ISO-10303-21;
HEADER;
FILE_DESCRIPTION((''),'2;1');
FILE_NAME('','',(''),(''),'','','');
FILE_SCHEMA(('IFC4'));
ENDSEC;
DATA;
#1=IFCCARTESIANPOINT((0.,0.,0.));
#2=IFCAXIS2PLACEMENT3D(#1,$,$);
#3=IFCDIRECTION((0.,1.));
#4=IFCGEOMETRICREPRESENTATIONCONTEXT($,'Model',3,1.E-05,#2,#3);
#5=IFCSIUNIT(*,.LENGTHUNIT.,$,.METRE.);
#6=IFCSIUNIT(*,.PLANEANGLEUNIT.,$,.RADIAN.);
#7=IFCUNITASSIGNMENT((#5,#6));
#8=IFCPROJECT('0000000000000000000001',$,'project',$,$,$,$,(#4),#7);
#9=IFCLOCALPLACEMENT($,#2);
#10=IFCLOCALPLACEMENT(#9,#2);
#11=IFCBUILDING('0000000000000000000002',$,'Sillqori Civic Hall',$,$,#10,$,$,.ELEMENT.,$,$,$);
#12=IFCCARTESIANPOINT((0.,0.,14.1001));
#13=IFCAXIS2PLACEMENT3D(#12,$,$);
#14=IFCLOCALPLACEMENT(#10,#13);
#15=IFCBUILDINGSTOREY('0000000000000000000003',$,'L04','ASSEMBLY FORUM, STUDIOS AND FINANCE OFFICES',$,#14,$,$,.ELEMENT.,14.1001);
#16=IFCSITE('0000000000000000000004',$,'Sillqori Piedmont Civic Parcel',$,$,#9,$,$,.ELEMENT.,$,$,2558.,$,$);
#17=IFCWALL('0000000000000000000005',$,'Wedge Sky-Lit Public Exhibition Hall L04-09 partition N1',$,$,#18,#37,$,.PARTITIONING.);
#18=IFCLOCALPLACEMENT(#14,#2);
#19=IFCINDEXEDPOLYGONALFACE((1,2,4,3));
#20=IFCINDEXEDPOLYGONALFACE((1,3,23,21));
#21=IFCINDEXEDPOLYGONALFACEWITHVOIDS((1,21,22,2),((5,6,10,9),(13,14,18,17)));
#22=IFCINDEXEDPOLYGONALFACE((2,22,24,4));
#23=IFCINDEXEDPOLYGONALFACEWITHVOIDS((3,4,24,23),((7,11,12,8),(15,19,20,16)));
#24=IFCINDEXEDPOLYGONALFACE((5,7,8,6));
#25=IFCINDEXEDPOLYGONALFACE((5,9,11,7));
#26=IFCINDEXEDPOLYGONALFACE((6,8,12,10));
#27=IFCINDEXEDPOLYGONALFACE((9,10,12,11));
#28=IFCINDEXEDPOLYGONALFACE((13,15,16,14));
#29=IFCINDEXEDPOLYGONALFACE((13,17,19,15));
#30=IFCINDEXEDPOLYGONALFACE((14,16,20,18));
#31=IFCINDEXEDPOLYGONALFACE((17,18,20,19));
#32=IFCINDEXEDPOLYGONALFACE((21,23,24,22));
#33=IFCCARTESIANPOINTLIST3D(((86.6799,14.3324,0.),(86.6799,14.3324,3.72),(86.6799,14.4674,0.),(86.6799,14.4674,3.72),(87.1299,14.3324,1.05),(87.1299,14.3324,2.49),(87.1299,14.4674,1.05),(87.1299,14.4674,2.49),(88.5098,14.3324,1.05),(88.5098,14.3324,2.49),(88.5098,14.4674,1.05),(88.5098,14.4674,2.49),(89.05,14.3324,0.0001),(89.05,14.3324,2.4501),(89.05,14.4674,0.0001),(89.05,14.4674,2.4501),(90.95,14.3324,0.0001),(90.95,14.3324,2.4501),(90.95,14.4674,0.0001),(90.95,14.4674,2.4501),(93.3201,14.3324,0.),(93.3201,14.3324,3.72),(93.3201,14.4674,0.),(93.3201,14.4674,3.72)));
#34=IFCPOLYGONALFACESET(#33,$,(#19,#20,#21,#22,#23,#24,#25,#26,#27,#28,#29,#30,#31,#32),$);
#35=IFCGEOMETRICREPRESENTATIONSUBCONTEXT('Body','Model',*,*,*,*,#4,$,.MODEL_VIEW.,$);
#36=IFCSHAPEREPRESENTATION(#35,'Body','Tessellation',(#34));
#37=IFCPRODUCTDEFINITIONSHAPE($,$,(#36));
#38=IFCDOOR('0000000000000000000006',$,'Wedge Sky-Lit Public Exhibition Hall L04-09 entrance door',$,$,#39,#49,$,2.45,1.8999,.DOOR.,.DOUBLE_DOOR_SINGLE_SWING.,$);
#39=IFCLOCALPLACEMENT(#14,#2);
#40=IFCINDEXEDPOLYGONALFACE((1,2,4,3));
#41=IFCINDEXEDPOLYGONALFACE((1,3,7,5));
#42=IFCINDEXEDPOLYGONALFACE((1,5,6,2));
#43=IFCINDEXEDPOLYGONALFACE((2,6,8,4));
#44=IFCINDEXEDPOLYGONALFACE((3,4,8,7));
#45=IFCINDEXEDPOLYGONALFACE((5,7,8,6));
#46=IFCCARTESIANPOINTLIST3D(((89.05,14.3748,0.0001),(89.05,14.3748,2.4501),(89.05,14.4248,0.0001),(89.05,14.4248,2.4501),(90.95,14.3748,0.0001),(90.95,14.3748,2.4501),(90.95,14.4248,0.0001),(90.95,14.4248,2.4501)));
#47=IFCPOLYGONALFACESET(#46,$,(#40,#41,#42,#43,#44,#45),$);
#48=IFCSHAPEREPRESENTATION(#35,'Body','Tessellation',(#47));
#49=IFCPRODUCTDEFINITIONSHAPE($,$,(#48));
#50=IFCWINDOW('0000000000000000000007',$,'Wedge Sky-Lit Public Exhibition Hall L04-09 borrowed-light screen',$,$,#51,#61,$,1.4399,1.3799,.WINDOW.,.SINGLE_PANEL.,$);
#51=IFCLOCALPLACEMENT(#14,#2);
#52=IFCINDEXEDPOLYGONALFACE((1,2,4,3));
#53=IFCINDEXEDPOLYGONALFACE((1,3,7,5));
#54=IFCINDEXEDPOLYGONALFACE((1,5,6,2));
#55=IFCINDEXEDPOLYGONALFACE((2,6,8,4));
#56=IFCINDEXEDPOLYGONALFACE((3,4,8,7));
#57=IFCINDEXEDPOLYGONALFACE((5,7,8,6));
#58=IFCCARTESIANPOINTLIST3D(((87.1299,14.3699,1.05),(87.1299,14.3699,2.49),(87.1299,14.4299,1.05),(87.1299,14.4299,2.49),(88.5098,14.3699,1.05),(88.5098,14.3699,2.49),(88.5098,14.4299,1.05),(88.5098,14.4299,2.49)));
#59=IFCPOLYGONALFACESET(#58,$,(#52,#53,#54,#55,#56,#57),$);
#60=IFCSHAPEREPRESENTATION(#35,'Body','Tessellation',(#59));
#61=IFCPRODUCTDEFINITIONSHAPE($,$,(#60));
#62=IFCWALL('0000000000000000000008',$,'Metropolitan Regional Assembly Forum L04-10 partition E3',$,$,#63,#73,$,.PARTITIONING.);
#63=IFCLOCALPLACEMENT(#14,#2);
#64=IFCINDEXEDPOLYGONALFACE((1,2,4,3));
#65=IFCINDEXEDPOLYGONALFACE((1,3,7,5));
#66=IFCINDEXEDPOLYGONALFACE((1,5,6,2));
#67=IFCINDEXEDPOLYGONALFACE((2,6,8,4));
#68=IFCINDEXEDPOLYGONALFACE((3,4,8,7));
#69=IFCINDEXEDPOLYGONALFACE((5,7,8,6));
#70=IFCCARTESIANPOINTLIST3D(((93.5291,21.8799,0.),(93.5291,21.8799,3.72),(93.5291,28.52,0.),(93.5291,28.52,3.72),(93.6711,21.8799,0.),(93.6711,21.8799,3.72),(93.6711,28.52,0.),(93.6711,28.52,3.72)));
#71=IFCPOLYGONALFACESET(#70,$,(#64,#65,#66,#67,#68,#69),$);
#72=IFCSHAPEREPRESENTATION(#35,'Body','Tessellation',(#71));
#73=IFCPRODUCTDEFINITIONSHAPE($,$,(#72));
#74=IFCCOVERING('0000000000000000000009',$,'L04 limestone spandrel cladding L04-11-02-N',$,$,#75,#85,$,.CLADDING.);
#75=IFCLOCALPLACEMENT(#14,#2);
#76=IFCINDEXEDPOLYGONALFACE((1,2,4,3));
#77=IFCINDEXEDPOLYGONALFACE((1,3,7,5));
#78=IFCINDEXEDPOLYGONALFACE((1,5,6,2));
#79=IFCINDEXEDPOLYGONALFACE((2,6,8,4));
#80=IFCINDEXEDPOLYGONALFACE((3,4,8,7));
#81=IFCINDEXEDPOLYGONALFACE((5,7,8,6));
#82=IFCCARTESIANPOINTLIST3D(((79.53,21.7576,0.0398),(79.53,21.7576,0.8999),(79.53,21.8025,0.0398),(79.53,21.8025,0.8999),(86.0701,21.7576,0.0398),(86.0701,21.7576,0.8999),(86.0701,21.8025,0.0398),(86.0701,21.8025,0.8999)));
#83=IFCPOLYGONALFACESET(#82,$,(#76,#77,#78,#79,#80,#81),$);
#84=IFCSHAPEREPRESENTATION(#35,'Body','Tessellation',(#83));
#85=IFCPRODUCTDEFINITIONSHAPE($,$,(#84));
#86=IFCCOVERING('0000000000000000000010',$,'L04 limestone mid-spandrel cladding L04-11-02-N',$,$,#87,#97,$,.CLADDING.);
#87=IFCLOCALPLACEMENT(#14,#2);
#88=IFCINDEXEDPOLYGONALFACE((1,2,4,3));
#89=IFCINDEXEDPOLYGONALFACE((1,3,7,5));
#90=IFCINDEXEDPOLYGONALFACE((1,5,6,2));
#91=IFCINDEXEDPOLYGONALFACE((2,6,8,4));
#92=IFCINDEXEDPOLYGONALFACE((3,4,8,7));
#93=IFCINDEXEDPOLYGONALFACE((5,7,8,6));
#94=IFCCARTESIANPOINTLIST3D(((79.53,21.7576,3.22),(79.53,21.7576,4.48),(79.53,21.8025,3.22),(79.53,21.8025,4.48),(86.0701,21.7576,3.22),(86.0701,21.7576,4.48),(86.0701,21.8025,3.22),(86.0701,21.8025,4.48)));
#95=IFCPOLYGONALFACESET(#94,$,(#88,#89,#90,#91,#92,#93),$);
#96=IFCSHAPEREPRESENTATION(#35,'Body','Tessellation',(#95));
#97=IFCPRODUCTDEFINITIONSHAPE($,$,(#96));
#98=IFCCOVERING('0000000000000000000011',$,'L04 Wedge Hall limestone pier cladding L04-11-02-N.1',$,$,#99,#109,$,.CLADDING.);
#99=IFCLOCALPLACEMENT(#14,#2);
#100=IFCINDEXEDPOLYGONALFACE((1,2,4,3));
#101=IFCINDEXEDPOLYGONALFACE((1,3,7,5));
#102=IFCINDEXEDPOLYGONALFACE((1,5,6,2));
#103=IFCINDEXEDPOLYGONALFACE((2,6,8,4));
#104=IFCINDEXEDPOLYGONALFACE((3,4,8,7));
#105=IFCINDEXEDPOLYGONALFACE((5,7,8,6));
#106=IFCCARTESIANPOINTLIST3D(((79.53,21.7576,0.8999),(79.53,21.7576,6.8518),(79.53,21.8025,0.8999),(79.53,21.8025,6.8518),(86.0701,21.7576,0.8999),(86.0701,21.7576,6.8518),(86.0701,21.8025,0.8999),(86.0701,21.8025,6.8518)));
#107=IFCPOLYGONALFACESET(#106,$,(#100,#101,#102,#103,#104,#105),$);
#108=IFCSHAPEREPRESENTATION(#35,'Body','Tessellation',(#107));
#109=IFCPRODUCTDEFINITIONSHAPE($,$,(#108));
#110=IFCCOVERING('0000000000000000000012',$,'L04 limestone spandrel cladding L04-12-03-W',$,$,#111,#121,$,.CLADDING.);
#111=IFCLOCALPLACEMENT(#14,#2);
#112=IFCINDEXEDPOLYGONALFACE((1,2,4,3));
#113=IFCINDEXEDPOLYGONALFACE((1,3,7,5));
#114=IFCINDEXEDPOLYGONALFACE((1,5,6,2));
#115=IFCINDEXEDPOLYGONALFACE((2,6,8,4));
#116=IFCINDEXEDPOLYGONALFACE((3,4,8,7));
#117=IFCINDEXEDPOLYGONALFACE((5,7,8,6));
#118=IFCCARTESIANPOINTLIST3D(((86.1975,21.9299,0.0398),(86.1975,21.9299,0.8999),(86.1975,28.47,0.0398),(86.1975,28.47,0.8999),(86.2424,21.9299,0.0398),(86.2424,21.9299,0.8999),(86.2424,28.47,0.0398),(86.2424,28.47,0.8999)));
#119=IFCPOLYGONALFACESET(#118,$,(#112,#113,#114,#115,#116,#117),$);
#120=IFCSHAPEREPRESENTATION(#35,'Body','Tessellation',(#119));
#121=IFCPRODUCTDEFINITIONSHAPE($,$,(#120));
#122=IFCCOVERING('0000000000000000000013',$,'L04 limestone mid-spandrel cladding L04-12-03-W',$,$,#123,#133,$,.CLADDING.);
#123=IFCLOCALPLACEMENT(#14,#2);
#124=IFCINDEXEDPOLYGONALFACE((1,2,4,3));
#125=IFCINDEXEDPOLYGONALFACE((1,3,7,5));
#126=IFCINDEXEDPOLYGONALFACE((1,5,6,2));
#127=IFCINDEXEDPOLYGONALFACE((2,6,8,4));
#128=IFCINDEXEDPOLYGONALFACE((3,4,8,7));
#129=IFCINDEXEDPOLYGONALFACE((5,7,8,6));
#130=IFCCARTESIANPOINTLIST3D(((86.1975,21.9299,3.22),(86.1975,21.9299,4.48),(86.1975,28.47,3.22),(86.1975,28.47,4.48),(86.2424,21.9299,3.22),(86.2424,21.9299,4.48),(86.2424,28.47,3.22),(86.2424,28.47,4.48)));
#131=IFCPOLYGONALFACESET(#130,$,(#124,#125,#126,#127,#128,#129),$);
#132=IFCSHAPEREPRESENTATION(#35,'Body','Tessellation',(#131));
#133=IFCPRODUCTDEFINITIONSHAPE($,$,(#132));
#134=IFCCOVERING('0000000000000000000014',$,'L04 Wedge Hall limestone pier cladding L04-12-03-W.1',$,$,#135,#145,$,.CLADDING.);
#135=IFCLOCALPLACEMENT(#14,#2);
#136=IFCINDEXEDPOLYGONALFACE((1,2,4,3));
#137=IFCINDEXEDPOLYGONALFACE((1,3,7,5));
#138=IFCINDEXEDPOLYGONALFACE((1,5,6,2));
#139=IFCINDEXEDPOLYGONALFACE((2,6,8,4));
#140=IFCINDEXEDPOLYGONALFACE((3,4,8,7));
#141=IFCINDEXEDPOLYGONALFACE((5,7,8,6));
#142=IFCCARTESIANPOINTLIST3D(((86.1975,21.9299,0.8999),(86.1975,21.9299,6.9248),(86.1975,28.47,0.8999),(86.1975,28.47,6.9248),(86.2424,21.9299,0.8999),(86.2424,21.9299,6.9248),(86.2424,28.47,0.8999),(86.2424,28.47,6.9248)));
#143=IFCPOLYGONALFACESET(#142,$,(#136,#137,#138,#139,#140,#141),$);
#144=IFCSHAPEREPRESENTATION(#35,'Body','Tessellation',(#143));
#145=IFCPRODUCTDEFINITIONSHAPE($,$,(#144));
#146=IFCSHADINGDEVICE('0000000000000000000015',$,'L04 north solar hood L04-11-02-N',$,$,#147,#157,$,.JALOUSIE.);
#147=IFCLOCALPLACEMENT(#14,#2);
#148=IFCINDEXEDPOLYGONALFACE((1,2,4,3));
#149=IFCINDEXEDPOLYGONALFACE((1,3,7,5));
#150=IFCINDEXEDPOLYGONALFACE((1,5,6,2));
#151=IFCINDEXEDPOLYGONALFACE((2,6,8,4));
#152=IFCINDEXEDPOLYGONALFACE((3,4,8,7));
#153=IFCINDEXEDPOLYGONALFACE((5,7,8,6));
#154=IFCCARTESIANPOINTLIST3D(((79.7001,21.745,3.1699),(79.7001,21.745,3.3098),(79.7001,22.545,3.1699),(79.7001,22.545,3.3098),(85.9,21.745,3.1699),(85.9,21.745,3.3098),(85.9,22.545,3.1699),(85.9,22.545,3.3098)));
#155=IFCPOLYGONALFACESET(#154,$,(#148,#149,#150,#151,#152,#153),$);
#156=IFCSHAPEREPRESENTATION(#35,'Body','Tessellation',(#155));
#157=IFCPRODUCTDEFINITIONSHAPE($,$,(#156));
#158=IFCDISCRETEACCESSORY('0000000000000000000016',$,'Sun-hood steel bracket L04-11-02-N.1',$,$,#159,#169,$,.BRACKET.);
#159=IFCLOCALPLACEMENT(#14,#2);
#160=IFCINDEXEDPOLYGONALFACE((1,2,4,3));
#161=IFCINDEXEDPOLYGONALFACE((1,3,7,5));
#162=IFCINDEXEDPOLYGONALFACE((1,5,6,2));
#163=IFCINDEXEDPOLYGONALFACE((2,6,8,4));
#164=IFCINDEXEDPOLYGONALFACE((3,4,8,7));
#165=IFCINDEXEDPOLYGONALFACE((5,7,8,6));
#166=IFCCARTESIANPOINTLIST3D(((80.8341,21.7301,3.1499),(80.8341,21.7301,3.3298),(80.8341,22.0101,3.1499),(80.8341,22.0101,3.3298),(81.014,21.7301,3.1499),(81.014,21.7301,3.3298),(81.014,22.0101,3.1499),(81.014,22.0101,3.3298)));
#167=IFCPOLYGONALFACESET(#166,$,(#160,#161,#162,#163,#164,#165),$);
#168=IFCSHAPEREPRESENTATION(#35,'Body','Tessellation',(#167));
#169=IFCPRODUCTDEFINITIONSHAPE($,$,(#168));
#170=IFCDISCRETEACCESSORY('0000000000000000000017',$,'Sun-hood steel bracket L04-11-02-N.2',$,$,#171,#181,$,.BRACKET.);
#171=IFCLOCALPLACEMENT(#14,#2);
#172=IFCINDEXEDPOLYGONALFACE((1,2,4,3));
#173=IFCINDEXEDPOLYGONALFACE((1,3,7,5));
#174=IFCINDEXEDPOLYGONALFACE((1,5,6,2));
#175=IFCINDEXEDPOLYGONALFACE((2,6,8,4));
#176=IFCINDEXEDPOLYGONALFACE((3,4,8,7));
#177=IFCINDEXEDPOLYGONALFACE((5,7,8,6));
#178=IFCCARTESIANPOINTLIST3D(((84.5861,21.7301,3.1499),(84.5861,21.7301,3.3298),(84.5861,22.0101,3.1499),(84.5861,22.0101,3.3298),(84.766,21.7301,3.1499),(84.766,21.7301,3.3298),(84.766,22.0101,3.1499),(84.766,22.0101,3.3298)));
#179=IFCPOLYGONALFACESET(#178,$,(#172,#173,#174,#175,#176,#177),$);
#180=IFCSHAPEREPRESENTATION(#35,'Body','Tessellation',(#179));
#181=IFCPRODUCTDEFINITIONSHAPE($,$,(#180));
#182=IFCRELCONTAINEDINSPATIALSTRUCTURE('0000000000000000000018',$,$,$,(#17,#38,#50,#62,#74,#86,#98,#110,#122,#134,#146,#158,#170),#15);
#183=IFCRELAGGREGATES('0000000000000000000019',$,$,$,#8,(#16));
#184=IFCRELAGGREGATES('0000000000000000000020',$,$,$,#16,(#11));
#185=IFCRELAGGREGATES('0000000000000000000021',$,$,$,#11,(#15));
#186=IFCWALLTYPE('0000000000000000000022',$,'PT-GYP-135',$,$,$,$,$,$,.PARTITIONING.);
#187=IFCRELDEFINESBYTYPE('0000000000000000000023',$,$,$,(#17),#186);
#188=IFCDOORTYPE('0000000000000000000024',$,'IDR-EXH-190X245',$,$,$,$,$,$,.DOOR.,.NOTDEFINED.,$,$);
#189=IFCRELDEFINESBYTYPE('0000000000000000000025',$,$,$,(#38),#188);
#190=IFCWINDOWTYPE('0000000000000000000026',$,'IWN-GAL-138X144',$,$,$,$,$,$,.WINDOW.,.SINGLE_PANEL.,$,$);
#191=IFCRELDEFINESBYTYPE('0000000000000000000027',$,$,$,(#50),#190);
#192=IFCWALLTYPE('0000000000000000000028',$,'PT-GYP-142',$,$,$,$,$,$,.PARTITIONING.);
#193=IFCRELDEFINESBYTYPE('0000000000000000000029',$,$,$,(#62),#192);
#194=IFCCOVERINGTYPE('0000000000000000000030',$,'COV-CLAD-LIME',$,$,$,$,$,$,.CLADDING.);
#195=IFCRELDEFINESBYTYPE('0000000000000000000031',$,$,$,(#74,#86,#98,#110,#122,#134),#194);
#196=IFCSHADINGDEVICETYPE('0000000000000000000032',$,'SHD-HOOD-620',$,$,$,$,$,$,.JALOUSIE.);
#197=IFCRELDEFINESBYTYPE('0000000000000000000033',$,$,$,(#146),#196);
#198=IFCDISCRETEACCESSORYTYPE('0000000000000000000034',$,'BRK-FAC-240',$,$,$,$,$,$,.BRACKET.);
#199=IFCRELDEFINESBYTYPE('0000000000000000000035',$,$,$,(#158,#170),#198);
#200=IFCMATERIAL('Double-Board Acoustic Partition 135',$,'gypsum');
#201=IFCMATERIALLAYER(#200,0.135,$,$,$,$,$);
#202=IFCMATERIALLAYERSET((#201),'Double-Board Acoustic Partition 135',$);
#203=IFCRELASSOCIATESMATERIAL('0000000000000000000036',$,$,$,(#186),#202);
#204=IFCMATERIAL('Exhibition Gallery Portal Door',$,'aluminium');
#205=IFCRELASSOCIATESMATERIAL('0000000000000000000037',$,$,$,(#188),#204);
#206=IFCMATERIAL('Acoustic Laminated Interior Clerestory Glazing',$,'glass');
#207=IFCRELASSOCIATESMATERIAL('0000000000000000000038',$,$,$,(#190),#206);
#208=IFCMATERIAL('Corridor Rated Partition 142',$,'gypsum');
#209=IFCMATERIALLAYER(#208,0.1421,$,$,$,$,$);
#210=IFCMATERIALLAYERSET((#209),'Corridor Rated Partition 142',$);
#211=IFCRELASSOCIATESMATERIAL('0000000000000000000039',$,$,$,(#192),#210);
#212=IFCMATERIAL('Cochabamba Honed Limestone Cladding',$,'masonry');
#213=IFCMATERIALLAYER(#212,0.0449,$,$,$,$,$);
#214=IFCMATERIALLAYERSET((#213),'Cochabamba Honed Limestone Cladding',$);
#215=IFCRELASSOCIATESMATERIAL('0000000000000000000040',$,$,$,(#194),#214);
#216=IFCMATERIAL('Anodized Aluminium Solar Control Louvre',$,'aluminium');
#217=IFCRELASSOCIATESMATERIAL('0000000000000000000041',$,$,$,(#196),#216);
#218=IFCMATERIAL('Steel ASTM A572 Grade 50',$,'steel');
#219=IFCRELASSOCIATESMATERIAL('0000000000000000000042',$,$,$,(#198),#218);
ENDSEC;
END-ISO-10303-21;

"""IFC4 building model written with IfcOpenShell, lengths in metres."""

from ifc_helpers import new_model, si_unit, direction, frame, frame_2d, origin, origin_2d, place, context, subcontext, project, spatial, rectangle, extrude, material, layer, layer_set, type_object, element, fill, save


model = new_model("IFC4")

# Units and contexts
model_context = context("Model", 3, precision=1e-05, world=origin(), true_north=direction((0.0, 1.0)))
body_context = subcontext(model_context, "Body", "Model", "MODEL_VIEW")
ifc_project = project(units=[si_unit("LENGTHUNIT", "METRE"), si_unit("PLANEANGLEUNIT", "RADIAN")], contexts=[model_context])

# Site, building, storey
site_placement = place(None, origin())
site = spatial("IfcSite", under=ifc_project, at=site_placement, Name="Sillqori Piedmont Civic Parcel", CompositionType="ELEMENT", RefElevation=2558.0)
building_placement = place(site_placement, origin())
building = spatial("IfcBuilding", under=site, at=building_placement, Name="Sillqori Civic Hall", CompositionType="ELEMENT")
storey_placement = place(building_placement, frame((0.0, 0.0, 14.1001)))
storey = spatial("IfcBuildingStorey", under=building, at=storey_placement, Name="L04", Description="ASSEMBLY FORUM, STUDIOS AND FINANCE OFFICES", CompositionType="ELEMENT", Elevation=14.1001)

# Wall, openings, door, window
ifc_material_1 = material(Name="Double-Board Acoustic Partition 135", Category="gypsum")
ifc_layer_1 = layer(ifc_material_1, 0.135)
ifc_layer_set_1 = layer_set([ifc_layer_1], Name="Double-Board Acoustic Partition 135")
wall_type_1 = type_object("IfcWallType", Name="PT-GYP-135", PredefinedType="PARTITIONING", material=ifc_layer_set_1)
wall_1_placement = place(storey_placement, frame((86.6799, 14.3999, 0.0), z_axis=(0.0, 0.0, 1.0), x_axis=(1.0, 0.0, 0.0)))
wall_1 = element("IfcWall", 1, at=wall_1_placement, inside=storey, type_object=wall_type_1, Name="Wedge Sky-Lit Public Exhibition Hall L04-09 partition N1", PredefinedType="PARTITIONING", context=body_context, shape_type="SweptSolid", body=[
    extrude(rectangle(XDim=6.6401, YDim=0.135, at=frame_2d((3.3201, 0.0))), origin(), (0.0, 0.0, 1.0), 3.72),
])
opening_1_placement = place(wall_1_placement, frame((2.3701, 0.0, 0.0)))
opening_1 = element("IfcOpeningElement", 2, at=opening_1_placement, cuts=wall_1, PredefinedType="OPENING", context=body_context, shape_type="SweptSolid", body=[
    extrude(rectangle(XDim=1.8999, YDim=2.45, at=frame_2d((0.95, 1.2251))), frame((0.0, 0.0774, 0.0), z_axis=(0.0, -1.0, 0.0), x_axis=(1.0, 0.0, 0.0)), (0.0, 0.0, 1.0), 0.155),
])
opening_2_placement = place(wall_1_placement, frame((0.45, 0.0, 1.05)))
opening_2 = element("IfcOpeningElement", 3, at=opening_2_placement, cuts=wall_1, PredefinedType="OPENING", context=body_context, shape_type="SweptSolid", body=[
    extrude(rectangle(XDim=1.3799, YDim=1.4399, at=frame_2d((0.6899, 0.72))), frame((0.0, 0.0774, 0.0), z_axis=(0.0, -1.0, 0.0), x_axis=(1.0, 0.0, 0.0)), (0.0, 0.0, 1.0), 0.155),
])
ifc_material_2 = material(Name="Exhibition Gallery Portal Door", Category="aluminium")
door_type_1 = type_object("IfcDoorType", Name="IDR-EXH-190X245", OperationType="NOTDEFINED", PredefinedType="DOOR", material=ifc_material_2)
door_1_placement = place(opening_1_placement, origin())
door_1 = element("IfcDoor", 4, at=door_1_placement, inside=storey, type_object=door_type_1, Name="Wedge Sky-Lit Public Exhibition Hall L04-09 entrance door", OperationType="DOUBLE_DOOR_SINGLE_SWING", OverallHeight=2.45, OverallWidth=1.8999, PredefinedType="DOOR", context=body_context, shape_type="SweptSolid", body=[
    extrude(rectangle(XDim=1.8999, YDim=2.45, at=frame_2d((0.95, 1.2251))), frame((0.0, 0.0249, 0.0), z_axis=(0.0, -1.0, 0.0), x_axis=(1.0, 0.0, 0.0)), (0.0, 0.0, 1.0), 0.05),
])
fill(opening_1, door_1)
ifc_material_3 = material(Name="Acoustic Laminated Interior Clerestory Glazing", Category="glass")
window_type_1 = type_object("IfcWindowType", Name="IWN-GAL-138X144", PartitioningType="SINGLE_PANEL", PredefinedType="WINDOW", material=ifc_material_3)
window_1_placement = place(opening_2_placement, origin())
window_1 = element("IfcWindow", 5, at=window_1_placement, inside=storey, type_object=window_type_1, Name="Wedge Sky-Lit Public Exhibition Hall L04-09 borrowed-light screen", OverallHeight=1.4399, OverallWidth=1.3799, PartitioningType="SINGLE_PANEL", PredefinedType="WINDOW", context=body_context, shape_type="SweptSolid", body=[
    extrude(rectangle(XDim=1.3799, YDim=1.4399, at=frame_2d((0.6899, 0.72))), frame((0.0, 0.03, 0.0), z_axis=(0.0, -1.0, 0.0), x_axis=(1.0, 0.0, 0.0)), (0.0, 0.0, 1.0), 0.0601),
])
fill(opening_2, window_1)
ifc_material_4 = material(Name="Corridor Rated Partition 142", Category="gypsum")
ifc_layer_2 = layer(ifc_material_4, 0.1421)
ifc_layer_set_2 = layer_set([ifc_layer_2], Name="Corridor Rated Partition 142")
wall_type_2 = type_object("IfcWallType", Name="PT-GYP-142", PredefinedType="PARTITIONING", material=ifc_layer_set_2)

# Wall
wall_2_placement = place(storey_placement, frame((93.6001, 28.52, 0.0), z_axis=(0.0, 0.0, 1.0), x_axis=(0.0, -1.0, 0.0)))
element("IfcWall", 6, at=wall_2_placement, inside=storey, type_object=wall_type_2, Name="Metropolitan Regional Assembly Forum L04-10 partition E3", PredefinedType="PARTITIONING", context=body_context, shape_type="SweptSolid", body=[
    extrude(rectangle(XDim=6.6401, YDim=0.1421, at=frame_2d((3.3201, 0.0))), origin(), (0.0, 0.0, 1.0), 3.72),
])

# Coverings
ifc_material_5 = material(Name="Cochabamba Honed Limestone Cladding", Category="masonry")
ifc_layer_3 = layer(ifc_material_5, 0.0449)
ifc_layer_set_3 = layer_set([ifc_layer_3], Name="Cochabamba Honed Limestone Cladding")
covering_type = type_object("IfcCoveringType", Name="COV-CLAD-LIME", PredefinedType="CLADDING", material=ifc_layer_set_3)
covering_1_placement = place(storey_placement, frame((79.53, 21.78, 0.0398), z_axis=(0.0, 0.0, 1.0), x_axis=(1.0, 0.0, 0.0)))
element("IfcCovering", 7, at=covering_1_placement, inside=storey, type_object=covering_type, Name="L04 limestone spandrel cladding L04-11-02-N", PredefinedType="CLADDING", context=body_context, shape_type="SweptSolid", body=[
    extrude(rectangle(XDim=6.54, YDim=0.0449, at=frame_2d((3.27, 0.0))), origin(), (0.0, 0.0, 1.0), 0.8601),
])
covering_2_placement = place(storey_placement, frame((79.53, 21.78, 3.22), z_axis=(0.0, 0.0, 1.0), x_axis=(1.0, 0.0, 0.0)))
element("IfcCovering", 8, at=covering_2_placement, inside=storey, type_object=covering_type, Name="L04 limestone mid-spandrel cladding L04-11-02-N", PredefinedType="CLADDING", context=body_context, shape_type="SweptSolid", body=[
    extrude(rectangle(XDim=6.54, YDim=0.0449, at=frame_2d((3.27, 0.0))), origin(), (0.0, 0.0, 1.0), 1.26),
])
covering_3_placement = place(storey_placement, frame((79.53, 21.78, 0.8999), z_axis=(0.0, 0.0, 1.0), x_axis=(1.0, 0.0, 0.0)))
element("IfcCovering", 9, at=covering_3_placement, inside=storey, type_object=covering_type, Name="L04 Wedge Hall limestone pier cladding L04-11-02-N.1", PredefinedType="CLADDING", context=body_context, shape_type="SweptSolid", body=[
    extrude(rectangle(XDim=6.54, YDim=0.0449, at=frame_2d((3.27, 0.0))), origin(), (0.0, 0.0, 1.0), 5.9519),
])
covering_4_placement = place(storey_placement, frame((86.22, 21.9299, 0.0398), z_axis=(0.0, 0.0, 1.0), x_axis=(0.0, 1.0, 0.0)))
element("IfcCovering", 10, at=covering_4_placement, inside=storey, type_object=covering_type, Name="L04 limestone spandrel cladding L04-12-03-W", PredefinedType="CLADDING", context=body_context, shape_type="SweptSolid", body=[
    extrude(rectangle(XDim=6.54, YDim=0.0449, at=frame_2d((3.27, 0.0))), origin(), (0.0, 0.0, 1.0), 0.8601),
])
covering_5_placement = place(storey_placement, frame((86.22, 21.9299, 3.22), z_axis=(0.0, 0.0, 1.0), x_axis=(0.0, 1.0, 0.0)))
element("IfcCovering", 11, at=covering_5_placement, inside=storey, type_object=covering_type, Name="L04 limestone mid-spandrel cladding L04-12-03-W", PredefinedType="CLADDING", context=body_context, shape_type="SweptSolid", body=[
    extrude(rectangle(XDim=6.54, YDim=0.0449, at=frame_2d((3.27, 0.0))), origin(), (0.0, 0.0, 1.0), 1.26),
])
covering_6_placement = place(storey_placement, frame((86.22, 21.9299, 0.8999), z_axis=(0.0, 0.0, 1.0), x_axis=(0.0, 1.0, 0.0)))
element("IfcCovering", 12, at=covering_6_placement, inside=storey, type_object=covering_type, Name="L04 Wedge Hall limestone pier cladding L04-12-03-W.1", PredefinedType="CLADDING", context=body_context, shape_type="SweptSolid", body=[
    extrude(rectangle(XDim=6.54, YDim=0.0449, at=frame_2d((3.27, 0.0))), origin(), (0.0, 0.0, 1.0), 6.0249),
])

# Shading device
ifc_material_6 = material(Name="Anodized Aluminium Solar Control Louvre", Category="aluminium")
shading_device_type = type_object("IfcShadingDeviceType", Name="SHD-HOOD-620", PredefinedType="JALOUSIE", material=ifc_material_6)
shading_device_placement = place(storey_placement, frame((82.8, 22.145, 3.1699), z_axis=(0.0, 0.0, 1.0), x_axis=(1.0, 0.0, 0.0)))
element("IfcShadingDevice", 13, at=shading_device_placement, inside=storey, type_object=shading_device_type, Name="L04 north solar hood L04-11-02-N", PredefinedType="JALOUSIE", context=body_context, shape_type="SweptSolid", body=[
    extrude(rectangle(XDim=6.2, YDim=0.8, at=origin_2d()), origin(), (0.0, 0.0, 1.0), 0.1399),
])

# Discrete accessories
ifc_material_7 = material(Name="Steel ASTM A572 Grade 50", Category="steel")
discrete_accessory_type_1 = type_object("IfcDiscreteAccessoryType", Name="BRK-FAC-240", PredefinedType="BRACKET", material=ifc_material_7)
for number, where, z_axis, x_axis, name in (
    (14, (80.9241, 21.8701, 3.1499), (0.0, 0.0, 1.0), (1.0, 0.0, 0.0), "Sun-hood steel bracket L04-11-02-N.1"),
    (15, (84.676, 21.8701, 3.1499), (0.0, 0.0, 1.0), (1.0, 0.0, 0.0), "Sun-hood steel bracket L04-11-02-N.2"),
):
    element("IfcDiscreteAccessory", number, at=place(storey_placement, frame(where, z_axis=z_axis, x_axis=x_axis)), inside=storey, type_object=discrete_accessory_type_1, Name=name, PredefinedType="BRACKET", context=body_context, shape_type="SweptSolid", body=[
        extrude(rectangle(XDim=0.1799, YDim=0.28, at=origin_2d()), origin(), (0.0, 0.0, 1.0), 0.1799),
    ])

save(model, "model.ifc")
